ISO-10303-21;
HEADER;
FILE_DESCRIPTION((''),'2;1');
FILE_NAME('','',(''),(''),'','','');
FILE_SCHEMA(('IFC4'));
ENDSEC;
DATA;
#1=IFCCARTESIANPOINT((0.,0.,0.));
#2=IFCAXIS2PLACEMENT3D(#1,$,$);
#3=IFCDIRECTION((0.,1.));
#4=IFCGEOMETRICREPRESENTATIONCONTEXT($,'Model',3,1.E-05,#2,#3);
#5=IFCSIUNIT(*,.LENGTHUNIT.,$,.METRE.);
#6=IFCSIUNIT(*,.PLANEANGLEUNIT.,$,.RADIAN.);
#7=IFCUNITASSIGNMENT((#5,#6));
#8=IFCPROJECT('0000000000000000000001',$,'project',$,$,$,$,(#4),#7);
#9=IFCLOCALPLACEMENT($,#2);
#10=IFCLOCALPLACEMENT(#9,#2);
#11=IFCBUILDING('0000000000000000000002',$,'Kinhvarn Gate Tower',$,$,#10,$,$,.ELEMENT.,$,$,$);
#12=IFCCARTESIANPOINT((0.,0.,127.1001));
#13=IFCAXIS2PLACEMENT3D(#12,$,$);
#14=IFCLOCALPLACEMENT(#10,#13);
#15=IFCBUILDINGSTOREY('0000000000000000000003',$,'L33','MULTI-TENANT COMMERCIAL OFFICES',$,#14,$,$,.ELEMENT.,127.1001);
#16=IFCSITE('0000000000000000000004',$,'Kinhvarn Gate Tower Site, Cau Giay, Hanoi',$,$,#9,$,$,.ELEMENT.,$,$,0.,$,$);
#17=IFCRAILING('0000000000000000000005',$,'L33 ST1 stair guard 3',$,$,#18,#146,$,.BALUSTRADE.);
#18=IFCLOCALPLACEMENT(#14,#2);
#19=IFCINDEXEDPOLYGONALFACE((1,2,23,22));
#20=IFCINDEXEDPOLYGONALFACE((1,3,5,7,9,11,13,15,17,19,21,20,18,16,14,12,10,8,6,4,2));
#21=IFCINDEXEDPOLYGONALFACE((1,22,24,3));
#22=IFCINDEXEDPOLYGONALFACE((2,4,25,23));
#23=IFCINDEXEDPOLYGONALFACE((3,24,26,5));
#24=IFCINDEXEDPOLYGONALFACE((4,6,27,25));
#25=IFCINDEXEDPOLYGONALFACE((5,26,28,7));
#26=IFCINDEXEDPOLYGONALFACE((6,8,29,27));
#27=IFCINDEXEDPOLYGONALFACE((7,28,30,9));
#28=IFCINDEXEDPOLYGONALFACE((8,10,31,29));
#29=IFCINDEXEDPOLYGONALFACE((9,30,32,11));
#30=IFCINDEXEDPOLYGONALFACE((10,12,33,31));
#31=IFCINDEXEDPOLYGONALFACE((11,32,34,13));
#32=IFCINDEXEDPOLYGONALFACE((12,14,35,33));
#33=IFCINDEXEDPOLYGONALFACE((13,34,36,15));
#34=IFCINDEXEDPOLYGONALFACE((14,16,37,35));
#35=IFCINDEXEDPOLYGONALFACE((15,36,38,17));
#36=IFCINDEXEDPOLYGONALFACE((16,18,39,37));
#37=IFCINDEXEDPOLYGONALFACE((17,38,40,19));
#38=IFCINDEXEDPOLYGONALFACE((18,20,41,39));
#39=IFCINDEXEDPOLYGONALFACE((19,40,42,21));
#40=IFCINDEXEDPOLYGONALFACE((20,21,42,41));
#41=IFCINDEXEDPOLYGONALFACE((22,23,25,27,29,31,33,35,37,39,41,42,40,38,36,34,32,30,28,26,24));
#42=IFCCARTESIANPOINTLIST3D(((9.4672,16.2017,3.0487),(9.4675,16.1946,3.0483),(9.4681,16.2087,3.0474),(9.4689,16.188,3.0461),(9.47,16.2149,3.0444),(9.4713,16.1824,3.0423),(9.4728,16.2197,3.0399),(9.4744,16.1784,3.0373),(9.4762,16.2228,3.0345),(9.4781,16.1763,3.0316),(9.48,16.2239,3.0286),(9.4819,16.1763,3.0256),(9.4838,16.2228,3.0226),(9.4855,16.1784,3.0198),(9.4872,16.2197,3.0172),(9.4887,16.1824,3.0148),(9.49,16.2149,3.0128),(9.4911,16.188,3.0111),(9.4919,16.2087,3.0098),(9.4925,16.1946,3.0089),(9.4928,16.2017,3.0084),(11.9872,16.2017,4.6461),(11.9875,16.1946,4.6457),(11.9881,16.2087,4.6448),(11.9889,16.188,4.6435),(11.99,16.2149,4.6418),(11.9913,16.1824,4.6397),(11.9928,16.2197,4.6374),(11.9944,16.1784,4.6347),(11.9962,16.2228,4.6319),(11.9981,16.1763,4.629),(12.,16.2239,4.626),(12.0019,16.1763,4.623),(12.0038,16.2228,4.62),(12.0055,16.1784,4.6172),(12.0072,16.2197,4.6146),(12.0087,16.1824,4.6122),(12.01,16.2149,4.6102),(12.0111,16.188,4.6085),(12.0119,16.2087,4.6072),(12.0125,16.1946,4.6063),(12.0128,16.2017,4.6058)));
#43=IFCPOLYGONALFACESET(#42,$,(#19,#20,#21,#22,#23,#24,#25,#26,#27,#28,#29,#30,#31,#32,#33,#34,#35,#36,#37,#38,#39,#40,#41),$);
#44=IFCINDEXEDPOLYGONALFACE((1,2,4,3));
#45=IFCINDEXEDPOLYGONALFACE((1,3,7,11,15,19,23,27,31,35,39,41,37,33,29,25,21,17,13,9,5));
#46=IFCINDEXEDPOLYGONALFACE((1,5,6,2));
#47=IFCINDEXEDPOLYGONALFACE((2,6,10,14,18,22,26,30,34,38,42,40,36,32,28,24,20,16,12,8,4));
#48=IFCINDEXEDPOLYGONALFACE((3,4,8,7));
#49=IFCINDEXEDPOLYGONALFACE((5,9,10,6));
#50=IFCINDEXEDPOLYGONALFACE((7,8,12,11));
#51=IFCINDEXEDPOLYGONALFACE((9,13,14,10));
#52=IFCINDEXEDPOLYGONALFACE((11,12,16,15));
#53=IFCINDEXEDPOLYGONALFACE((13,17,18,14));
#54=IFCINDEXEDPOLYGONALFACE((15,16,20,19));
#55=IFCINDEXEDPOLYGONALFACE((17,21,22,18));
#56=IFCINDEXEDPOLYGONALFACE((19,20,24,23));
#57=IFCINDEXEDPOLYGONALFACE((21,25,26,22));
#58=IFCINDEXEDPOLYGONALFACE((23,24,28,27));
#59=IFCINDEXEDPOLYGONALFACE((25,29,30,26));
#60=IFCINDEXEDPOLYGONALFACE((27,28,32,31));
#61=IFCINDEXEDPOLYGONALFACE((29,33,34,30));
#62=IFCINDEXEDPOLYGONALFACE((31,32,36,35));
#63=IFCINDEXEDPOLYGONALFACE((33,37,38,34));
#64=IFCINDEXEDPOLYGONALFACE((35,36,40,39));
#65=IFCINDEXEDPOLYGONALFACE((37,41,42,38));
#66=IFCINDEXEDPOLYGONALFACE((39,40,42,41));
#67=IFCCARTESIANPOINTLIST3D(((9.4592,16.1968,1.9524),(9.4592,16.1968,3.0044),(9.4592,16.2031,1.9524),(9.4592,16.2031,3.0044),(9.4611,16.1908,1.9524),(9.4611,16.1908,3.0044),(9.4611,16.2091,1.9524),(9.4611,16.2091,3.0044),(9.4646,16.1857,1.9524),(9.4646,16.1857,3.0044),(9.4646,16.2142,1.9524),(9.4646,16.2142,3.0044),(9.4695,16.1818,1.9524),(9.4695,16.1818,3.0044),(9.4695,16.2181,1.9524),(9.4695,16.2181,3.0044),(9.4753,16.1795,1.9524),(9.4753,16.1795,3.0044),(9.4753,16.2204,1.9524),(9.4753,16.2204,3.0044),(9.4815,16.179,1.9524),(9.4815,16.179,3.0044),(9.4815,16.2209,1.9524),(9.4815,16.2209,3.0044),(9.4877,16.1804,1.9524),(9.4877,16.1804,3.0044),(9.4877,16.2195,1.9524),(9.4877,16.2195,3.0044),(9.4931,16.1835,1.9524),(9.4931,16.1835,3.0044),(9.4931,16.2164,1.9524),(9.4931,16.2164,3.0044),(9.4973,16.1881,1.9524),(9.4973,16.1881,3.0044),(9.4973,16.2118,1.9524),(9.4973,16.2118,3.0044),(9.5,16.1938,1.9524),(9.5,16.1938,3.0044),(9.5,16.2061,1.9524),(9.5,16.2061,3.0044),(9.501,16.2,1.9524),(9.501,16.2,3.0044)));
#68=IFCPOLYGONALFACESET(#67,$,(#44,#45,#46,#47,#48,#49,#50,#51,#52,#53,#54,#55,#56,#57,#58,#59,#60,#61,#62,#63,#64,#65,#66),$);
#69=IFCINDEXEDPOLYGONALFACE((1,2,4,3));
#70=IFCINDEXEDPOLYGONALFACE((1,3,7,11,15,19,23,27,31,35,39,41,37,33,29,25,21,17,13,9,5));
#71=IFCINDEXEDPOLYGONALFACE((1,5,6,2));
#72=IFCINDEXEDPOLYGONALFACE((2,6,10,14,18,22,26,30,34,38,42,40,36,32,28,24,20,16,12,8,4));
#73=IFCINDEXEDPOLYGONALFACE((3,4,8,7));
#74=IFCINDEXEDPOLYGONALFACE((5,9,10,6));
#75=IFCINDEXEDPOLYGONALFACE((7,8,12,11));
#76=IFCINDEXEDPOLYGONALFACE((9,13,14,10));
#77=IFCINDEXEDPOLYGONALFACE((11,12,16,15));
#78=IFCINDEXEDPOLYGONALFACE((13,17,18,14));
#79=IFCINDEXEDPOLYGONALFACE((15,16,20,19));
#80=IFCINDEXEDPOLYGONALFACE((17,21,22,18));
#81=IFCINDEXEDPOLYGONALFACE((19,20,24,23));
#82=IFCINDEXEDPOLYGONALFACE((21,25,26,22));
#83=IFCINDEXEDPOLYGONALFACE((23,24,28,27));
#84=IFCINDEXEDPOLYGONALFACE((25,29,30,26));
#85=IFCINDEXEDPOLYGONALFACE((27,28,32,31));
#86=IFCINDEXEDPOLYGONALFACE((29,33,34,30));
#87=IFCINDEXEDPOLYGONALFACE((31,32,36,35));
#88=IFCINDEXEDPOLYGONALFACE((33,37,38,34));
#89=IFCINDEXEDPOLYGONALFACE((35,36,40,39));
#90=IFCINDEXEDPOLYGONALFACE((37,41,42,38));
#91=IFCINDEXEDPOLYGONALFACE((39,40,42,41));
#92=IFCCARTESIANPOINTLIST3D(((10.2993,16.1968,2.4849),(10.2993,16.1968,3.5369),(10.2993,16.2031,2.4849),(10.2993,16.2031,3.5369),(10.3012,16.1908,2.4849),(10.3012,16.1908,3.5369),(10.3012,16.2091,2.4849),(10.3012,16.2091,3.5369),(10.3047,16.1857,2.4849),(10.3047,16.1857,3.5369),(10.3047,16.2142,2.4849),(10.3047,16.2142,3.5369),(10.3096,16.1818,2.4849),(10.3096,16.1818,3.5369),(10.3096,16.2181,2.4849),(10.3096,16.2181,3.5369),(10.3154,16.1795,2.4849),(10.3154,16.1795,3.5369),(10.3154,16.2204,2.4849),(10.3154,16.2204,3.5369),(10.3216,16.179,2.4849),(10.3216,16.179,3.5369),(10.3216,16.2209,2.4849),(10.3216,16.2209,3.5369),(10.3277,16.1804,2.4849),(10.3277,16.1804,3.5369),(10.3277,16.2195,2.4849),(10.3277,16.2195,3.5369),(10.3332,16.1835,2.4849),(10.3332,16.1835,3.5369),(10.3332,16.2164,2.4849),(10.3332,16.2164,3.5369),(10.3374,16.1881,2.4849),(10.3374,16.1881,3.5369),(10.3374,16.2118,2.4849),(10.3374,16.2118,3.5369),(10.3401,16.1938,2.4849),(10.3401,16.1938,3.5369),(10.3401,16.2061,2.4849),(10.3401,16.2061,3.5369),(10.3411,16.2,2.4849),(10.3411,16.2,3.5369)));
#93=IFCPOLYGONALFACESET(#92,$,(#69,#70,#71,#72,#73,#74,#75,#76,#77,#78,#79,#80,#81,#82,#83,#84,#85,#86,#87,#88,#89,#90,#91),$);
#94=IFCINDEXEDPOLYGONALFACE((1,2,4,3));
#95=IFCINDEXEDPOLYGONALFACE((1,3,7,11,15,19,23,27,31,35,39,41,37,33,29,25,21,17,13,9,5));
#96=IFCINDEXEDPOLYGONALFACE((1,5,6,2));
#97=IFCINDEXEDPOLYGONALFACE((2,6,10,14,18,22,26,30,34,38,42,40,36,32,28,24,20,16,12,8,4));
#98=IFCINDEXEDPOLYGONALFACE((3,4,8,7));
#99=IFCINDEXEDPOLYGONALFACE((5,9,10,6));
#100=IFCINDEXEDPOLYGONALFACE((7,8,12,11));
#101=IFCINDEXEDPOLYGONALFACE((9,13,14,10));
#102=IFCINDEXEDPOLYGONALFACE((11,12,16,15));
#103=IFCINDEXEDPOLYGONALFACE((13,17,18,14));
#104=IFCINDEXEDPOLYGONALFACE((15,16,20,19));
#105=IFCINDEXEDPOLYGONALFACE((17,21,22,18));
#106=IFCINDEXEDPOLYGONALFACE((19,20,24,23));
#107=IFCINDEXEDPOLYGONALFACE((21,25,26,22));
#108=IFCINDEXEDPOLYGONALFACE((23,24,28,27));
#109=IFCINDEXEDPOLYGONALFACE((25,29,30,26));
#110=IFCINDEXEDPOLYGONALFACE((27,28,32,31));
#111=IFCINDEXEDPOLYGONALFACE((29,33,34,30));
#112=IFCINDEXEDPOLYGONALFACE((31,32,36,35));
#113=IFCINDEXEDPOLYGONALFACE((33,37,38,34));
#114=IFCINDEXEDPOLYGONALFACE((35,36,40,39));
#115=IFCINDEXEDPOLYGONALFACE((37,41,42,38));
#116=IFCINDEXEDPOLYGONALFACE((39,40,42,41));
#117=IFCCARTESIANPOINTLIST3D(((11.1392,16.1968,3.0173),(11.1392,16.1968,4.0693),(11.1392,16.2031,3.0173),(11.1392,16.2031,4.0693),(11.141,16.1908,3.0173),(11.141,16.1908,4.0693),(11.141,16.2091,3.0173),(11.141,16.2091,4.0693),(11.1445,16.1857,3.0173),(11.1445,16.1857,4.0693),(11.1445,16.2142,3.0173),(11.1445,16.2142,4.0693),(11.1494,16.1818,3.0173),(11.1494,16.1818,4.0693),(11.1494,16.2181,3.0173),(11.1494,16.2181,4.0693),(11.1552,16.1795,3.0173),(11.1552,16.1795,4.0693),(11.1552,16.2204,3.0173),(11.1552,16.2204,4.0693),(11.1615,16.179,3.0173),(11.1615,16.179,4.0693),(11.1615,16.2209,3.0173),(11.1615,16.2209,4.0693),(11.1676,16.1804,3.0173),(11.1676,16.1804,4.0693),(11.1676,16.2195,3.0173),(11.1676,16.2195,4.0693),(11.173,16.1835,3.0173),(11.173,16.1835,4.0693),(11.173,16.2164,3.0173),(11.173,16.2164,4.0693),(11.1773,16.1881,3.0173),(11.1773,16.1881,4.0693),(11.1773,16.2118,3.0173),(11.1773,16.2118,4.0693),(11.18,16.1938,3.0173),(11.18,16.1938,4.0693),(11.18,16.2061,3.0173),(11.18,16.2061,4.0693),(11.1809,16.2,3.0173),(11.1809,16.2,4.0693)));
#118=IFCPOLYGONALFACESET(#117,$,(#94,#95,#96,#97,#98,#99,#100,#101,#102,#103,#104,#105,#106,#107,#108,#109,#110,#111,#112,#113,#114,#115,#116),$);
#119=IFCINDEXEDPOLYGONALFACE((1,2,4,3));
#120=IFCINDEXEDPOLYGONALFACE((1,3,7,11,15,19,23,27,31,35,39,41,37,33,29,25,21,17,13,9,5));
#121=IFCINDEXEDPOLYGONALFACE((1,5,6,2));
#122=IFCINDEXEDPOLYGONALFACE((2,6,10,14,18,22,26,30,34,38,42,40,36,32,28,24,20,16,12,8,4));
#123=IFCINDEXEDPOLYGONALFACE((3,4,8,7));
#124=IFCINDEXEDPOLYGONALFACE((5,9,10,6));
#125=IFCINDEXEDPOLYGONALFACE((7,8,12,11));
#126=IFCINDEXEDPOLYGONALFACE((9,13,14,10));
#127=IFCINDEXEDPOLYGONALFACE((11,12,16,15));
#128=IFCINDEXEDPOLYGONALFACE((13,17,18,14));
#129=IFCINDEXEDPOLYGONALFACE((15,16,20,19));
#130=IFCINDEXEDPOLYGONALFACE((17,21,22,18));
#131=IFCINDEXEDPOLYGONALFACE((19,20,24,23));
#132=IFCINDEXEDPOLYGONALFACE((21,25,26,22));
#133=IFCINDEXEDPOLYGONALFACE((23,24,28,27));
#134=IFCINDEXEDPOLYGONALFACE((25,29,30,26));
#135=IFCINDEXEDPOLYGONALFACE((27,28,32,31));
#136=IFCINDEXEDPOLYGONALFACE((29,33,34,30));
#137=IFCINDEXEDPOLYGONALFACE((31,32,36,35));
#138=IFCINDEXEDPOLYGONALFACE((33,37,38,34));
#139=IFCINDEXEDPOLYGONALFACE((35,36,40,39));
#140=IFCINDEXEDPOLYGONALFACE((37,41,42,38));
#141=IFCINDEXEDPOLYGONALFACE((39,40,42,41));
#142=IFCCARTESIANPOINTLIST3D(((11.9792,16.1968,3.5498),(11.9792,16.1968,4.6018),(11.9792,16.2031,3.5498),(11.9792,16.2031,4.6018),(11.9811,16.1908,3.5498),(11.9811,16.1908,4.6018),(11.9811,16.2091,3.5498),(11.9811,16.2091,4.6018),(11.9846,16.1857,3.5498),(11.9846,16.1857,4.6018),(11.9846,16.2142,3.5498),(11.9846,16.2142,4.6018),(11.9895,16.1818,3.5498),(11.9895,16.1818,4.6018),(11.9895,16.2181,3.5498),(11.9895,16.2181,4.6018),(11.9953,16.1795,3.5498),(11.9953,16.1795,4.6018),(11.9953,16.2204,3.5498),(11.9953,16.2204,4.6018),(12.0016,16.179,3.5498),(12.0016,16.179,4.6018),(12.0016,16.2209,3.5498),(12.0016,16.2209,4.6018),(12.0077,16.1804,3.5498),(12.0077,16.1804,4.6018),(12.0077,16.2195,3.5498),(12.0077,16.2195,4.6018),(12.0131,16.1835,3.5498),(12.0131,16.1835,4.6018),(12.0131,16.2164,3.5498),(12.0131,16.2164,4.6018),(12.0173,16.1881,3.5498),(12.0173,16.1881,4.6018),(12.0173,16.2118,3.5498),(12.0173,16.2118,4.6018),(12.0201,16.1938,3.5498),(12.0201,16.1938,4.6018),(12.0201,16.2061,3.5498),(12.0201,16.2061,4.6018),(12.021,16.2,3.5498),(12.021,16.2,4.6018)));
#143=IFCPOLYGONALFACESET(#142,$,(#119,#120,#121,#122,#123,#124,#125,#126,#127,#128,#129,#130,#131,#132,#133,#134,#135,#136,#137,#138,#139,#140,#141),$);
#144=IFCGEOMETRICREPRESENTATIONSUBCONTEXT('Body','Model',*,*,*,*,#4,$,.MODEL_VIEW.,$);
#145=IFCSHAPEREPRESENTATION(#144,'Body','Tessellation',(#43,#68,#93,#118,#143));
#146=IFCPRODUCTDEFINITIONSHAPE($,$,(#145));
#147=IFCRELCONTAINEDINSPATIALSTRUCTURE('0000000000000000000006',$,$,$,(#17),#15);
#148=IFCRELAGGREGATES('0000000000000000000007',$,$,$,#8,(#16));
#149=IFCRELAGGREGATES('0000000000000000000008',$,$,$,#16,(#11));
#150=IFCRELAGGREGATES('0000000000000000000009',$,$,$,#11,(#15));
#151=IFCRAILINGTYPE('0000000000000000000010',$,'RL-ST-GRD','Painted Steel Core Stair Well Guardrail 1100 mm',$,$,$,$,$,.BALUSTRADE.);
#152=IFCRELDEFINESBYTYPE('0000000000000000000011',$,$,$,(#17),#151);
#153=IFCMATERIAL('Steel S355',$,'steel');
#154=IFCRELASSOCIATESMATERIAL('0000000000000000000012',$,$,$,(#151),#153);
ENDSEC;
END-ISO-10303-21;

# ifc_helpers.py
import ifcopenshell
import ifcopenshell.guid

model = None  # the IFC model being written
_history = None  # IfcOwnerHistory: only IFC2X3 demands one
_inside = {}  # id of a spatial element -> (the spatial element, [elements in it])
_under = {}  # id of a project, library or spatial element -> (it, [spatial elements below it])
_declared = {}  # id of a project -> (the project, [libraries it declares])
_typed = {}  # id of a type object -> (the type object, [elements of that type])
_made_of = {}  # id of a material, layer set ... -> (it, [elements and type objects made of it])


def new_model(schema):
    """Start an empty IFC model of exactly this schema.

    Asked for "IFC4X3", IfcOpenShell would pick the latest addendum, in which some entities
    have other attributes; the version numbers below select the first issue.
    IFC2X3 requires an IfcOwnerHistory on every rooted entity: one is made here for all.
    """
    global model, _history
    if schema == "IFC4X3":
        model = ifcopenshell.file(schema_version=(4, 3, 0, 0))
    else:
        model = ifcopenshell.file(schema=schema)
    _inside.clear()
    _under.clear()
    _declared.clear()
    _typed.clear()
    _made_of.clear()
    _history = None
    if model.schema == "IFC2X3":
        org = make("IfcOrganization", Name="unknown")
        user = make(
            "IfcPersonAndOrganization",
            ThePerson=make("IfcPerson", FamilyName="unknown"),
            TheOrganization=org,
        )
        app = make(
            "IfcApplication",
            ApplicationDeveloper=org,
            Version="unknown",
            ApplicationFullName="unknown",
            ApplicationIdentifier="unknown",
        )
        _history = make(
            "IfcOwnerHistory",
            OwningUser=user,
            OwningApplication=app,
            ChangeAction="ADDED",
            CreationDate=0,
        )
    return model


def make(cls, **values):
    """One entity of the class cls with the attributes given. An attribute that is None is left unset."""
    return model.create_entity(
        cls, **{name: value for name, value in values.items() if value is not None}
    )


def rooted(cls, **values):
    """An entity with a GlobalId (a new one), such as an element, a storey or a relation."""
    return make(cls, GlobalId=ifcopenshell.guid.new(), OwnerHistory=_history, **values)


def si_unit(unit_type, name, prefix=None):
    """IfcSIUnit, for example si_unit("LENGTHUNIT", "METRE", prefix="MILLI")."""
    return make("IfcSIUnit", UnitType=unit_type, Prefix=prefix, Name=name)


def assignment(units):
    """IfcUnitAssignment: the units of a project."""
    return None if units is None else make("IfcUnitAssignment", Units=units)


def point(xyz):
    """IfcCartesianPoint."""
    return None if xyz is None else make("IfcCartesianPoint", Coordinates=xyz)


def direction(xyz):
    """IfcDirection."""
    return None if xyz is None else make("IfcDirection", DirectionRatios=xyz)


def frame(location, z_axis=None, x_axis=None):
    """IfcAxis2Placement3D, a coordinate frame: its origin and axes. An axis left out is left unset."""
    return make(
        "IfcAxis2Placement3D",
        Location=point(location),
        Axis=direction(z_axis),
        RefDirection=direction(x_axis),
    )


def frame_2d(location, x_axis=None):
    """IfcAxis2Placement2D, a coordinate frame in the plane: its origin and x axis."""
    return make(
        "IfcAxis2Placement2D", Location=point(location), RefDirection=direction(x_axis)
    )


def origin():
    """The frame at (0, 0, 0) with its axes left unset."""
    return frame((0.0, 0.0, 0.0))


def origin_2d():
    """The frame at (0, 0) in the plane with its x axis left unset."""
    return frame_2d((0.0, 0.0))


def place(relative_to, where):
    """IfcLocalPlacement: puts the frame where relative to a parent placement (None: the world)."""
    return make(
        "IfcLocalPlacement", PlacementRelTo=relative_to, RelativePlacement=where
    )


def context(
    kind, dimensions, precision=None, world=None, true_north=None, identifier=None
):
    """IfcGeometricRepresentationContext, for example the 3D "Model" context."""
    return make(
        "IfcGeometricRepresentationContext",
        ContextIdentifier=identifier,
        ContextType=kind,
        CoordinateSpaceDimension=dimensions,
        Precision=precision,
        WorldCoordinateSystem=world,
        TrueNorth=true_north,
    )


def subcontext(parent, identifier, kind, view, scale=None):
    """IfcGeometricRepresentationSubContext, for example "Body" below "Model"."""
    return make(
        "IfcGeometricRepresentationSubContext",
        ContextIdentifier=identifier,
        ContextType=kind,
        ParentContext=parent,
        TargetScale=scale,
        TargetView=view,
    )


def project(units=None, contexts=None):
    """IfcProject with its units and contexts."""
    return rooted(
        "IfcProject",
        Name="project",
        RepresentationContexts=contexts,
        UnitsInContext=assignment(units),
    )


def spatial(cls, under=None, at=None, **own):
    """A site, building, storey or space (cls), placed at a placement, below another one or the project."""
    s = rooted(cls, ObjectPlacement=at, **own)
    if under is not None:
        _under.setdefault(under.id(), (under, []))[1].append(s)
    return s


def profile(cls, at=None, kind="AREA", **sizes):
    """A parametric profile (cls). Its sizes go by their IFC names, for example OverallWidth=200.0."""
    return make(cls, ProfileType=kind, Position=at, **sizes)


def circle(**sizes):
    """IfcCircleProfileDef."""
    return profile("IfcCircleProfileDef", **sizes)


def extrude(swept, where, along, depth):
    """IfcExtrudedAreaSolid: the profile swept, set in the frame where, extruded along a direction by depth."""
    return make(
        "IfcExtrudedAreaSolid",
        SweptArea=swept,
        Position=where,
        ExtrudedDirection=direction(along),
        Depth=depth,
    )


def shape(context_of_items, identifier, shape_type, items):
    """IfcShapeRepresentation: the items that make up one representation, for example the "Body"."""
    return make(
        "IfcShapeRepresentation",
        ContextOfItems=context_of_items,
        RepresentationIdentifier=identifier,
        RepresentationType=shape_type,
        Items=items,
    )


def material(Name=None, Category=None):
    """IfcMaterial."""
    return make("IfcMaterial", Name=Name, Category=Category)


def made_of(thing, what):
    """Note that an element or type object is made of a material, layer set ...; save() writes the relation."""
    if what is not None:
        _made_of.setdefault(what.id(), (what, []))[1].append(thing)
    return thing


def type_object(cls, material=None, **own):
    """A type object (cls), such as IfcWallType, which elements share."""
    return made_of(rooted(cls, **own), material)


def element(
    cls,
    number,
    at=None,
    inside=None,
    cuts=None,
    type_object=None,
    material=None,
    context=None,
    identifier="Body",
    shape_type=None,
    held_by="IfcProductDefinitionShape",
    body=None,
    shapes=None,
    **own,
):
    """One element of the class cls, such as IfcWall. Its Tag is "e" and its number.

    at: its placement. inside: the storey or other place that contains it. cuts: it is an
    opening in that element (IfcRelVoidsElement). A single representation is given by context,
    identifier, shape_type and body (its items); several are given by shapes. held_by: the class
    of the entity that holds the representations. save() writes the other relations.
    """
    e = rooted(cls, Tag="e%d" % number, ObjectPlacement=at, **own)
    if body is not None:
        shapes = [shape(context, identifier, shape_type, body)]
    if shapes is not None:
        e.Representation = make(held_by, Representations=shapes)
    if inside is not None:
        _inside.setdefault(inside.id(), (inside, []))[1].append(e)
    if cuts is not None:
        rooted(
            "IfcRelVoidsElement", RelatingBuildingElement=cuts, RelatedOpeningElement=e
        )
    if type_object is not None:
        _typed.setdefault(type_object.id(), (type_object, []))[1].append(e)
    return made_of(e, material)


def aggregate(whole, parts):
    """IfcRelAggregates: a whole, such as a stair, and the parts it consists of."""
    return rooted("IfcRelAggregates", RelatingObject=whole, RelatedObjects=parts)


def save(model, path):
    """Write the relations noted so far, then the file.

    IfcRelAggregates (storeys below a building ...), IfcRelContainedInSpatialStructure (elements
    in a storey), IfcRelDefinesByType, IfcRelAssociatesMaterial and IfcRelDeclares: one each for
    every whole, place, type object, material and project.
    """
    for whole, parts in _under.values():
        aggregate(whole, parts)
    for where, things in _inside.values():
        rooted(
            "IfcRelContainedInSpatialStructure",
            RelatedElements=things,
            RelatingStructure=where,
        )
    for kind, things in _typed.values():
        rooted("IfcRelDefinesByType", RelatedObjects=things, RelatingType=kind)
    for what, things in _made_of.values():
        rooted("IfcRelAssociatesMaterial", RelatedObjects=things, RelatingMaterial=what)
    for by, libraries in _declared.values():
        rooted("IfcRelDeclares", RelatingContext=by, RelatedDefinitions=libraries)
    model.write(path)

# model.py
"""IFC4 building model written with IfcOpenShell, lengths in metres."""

from ifc_helpers import new_model, si_unit, direction, frame, origin, origin_2d, place, context, subcontext, project, spatial, circle, extrude, material, type_object, element, save


model = new_model("IFC4")

# Units and contexts
model_context = context("Model", 3, precision=1e-05, world=origin(), true_north=direction((0.0, 1.0)))
body_context = subcontext(model_context, "Body", "Model", "MODEL_VIEW")
ifc_project = project(units=[si_unit("LENGTHUNIT", "METRE"), si_unit("PLANEANGLEUNIT", "RADIAN")], contexts=[model_context])

# Site, building, storey
site_placement = place(None, origin())
site = spatial("IfcSite", under=ifc_project, at=site_placement, Name="Kinhvarn Gate Tower Site, Cau Giay, Hanoi", CompositionType="ELEMENT", RefElevation=0.0)
building_placement = place(site_placement, origin())
building = spatial("IfcBuilding", under=site, at=building_placement, Name="Kinhvarn Gate Tower", CompositionType="ELEMENT")
storey_placement = place(building_placement, frame((0.0, 0.0, 127.1001)))
storey = spatial("IfcBuildingStorey", under=building, at=storey_placement, Name="L33", Description="MULTI-TENANT COMMERCIAL OFFICES", CompositionType="ELEMENT", Elevation=127.1001)

# Shared definitions
ifc_material_1 = material(Name="Steel S355", Category="steel")

# Railing
railing_type_1 = type_object("IfcRailingType", Name="RL-ST-GRD", Description="Painted Steel Core Stair Well Guardrail 1100 mm", PredefinedType="BALUSTRADE", material=ifc_material_1)
railing_1_placement = place(storey_placement, frame((9.48, 16.2, 1.9524)))
element("IfcRailing", 1, at=railing_1_placement, inside=storey, type_object=railing_type_1, Name="L33 ST1 stair guard 3", PredefinedType="BALUSTRADE", context=body_context, shape_type="SweptSolid", body=[
    extrude(circle(Radius=0.0239, at=origin_2d()), frame((0.0, 0.0, 1.0762), z_axis=(0.844607, 0.0, 0.535387), x_axis=(0.0, 1.0, 0.0)), (0.0, 0.0, 1.0), 2.9836),
    extrude(circle(Radius=0.021, at=origin_2d()), origin(), (0.0, 0.0, 1.0), 1.052),
    extrude(circle(Radius=0.021, at=origin_2d()), frame((0.8401, 0.0, 0.5325)), (0.0, 0.0, 1.0), 1.052),
    extrude(circle(Radius=0.021, at=origin_2d()), frame((1.6799, 0.0, 1.0649)), (0.0, 0.0, 1.0), 1.052),
    extrude(circle(Radius=0.021, at=origin_2d()), frame((2.52, 0.0, 1.5974)), (0.0, 0.0, 1.0), 1.052),
])

save(model, "model.ifc")
